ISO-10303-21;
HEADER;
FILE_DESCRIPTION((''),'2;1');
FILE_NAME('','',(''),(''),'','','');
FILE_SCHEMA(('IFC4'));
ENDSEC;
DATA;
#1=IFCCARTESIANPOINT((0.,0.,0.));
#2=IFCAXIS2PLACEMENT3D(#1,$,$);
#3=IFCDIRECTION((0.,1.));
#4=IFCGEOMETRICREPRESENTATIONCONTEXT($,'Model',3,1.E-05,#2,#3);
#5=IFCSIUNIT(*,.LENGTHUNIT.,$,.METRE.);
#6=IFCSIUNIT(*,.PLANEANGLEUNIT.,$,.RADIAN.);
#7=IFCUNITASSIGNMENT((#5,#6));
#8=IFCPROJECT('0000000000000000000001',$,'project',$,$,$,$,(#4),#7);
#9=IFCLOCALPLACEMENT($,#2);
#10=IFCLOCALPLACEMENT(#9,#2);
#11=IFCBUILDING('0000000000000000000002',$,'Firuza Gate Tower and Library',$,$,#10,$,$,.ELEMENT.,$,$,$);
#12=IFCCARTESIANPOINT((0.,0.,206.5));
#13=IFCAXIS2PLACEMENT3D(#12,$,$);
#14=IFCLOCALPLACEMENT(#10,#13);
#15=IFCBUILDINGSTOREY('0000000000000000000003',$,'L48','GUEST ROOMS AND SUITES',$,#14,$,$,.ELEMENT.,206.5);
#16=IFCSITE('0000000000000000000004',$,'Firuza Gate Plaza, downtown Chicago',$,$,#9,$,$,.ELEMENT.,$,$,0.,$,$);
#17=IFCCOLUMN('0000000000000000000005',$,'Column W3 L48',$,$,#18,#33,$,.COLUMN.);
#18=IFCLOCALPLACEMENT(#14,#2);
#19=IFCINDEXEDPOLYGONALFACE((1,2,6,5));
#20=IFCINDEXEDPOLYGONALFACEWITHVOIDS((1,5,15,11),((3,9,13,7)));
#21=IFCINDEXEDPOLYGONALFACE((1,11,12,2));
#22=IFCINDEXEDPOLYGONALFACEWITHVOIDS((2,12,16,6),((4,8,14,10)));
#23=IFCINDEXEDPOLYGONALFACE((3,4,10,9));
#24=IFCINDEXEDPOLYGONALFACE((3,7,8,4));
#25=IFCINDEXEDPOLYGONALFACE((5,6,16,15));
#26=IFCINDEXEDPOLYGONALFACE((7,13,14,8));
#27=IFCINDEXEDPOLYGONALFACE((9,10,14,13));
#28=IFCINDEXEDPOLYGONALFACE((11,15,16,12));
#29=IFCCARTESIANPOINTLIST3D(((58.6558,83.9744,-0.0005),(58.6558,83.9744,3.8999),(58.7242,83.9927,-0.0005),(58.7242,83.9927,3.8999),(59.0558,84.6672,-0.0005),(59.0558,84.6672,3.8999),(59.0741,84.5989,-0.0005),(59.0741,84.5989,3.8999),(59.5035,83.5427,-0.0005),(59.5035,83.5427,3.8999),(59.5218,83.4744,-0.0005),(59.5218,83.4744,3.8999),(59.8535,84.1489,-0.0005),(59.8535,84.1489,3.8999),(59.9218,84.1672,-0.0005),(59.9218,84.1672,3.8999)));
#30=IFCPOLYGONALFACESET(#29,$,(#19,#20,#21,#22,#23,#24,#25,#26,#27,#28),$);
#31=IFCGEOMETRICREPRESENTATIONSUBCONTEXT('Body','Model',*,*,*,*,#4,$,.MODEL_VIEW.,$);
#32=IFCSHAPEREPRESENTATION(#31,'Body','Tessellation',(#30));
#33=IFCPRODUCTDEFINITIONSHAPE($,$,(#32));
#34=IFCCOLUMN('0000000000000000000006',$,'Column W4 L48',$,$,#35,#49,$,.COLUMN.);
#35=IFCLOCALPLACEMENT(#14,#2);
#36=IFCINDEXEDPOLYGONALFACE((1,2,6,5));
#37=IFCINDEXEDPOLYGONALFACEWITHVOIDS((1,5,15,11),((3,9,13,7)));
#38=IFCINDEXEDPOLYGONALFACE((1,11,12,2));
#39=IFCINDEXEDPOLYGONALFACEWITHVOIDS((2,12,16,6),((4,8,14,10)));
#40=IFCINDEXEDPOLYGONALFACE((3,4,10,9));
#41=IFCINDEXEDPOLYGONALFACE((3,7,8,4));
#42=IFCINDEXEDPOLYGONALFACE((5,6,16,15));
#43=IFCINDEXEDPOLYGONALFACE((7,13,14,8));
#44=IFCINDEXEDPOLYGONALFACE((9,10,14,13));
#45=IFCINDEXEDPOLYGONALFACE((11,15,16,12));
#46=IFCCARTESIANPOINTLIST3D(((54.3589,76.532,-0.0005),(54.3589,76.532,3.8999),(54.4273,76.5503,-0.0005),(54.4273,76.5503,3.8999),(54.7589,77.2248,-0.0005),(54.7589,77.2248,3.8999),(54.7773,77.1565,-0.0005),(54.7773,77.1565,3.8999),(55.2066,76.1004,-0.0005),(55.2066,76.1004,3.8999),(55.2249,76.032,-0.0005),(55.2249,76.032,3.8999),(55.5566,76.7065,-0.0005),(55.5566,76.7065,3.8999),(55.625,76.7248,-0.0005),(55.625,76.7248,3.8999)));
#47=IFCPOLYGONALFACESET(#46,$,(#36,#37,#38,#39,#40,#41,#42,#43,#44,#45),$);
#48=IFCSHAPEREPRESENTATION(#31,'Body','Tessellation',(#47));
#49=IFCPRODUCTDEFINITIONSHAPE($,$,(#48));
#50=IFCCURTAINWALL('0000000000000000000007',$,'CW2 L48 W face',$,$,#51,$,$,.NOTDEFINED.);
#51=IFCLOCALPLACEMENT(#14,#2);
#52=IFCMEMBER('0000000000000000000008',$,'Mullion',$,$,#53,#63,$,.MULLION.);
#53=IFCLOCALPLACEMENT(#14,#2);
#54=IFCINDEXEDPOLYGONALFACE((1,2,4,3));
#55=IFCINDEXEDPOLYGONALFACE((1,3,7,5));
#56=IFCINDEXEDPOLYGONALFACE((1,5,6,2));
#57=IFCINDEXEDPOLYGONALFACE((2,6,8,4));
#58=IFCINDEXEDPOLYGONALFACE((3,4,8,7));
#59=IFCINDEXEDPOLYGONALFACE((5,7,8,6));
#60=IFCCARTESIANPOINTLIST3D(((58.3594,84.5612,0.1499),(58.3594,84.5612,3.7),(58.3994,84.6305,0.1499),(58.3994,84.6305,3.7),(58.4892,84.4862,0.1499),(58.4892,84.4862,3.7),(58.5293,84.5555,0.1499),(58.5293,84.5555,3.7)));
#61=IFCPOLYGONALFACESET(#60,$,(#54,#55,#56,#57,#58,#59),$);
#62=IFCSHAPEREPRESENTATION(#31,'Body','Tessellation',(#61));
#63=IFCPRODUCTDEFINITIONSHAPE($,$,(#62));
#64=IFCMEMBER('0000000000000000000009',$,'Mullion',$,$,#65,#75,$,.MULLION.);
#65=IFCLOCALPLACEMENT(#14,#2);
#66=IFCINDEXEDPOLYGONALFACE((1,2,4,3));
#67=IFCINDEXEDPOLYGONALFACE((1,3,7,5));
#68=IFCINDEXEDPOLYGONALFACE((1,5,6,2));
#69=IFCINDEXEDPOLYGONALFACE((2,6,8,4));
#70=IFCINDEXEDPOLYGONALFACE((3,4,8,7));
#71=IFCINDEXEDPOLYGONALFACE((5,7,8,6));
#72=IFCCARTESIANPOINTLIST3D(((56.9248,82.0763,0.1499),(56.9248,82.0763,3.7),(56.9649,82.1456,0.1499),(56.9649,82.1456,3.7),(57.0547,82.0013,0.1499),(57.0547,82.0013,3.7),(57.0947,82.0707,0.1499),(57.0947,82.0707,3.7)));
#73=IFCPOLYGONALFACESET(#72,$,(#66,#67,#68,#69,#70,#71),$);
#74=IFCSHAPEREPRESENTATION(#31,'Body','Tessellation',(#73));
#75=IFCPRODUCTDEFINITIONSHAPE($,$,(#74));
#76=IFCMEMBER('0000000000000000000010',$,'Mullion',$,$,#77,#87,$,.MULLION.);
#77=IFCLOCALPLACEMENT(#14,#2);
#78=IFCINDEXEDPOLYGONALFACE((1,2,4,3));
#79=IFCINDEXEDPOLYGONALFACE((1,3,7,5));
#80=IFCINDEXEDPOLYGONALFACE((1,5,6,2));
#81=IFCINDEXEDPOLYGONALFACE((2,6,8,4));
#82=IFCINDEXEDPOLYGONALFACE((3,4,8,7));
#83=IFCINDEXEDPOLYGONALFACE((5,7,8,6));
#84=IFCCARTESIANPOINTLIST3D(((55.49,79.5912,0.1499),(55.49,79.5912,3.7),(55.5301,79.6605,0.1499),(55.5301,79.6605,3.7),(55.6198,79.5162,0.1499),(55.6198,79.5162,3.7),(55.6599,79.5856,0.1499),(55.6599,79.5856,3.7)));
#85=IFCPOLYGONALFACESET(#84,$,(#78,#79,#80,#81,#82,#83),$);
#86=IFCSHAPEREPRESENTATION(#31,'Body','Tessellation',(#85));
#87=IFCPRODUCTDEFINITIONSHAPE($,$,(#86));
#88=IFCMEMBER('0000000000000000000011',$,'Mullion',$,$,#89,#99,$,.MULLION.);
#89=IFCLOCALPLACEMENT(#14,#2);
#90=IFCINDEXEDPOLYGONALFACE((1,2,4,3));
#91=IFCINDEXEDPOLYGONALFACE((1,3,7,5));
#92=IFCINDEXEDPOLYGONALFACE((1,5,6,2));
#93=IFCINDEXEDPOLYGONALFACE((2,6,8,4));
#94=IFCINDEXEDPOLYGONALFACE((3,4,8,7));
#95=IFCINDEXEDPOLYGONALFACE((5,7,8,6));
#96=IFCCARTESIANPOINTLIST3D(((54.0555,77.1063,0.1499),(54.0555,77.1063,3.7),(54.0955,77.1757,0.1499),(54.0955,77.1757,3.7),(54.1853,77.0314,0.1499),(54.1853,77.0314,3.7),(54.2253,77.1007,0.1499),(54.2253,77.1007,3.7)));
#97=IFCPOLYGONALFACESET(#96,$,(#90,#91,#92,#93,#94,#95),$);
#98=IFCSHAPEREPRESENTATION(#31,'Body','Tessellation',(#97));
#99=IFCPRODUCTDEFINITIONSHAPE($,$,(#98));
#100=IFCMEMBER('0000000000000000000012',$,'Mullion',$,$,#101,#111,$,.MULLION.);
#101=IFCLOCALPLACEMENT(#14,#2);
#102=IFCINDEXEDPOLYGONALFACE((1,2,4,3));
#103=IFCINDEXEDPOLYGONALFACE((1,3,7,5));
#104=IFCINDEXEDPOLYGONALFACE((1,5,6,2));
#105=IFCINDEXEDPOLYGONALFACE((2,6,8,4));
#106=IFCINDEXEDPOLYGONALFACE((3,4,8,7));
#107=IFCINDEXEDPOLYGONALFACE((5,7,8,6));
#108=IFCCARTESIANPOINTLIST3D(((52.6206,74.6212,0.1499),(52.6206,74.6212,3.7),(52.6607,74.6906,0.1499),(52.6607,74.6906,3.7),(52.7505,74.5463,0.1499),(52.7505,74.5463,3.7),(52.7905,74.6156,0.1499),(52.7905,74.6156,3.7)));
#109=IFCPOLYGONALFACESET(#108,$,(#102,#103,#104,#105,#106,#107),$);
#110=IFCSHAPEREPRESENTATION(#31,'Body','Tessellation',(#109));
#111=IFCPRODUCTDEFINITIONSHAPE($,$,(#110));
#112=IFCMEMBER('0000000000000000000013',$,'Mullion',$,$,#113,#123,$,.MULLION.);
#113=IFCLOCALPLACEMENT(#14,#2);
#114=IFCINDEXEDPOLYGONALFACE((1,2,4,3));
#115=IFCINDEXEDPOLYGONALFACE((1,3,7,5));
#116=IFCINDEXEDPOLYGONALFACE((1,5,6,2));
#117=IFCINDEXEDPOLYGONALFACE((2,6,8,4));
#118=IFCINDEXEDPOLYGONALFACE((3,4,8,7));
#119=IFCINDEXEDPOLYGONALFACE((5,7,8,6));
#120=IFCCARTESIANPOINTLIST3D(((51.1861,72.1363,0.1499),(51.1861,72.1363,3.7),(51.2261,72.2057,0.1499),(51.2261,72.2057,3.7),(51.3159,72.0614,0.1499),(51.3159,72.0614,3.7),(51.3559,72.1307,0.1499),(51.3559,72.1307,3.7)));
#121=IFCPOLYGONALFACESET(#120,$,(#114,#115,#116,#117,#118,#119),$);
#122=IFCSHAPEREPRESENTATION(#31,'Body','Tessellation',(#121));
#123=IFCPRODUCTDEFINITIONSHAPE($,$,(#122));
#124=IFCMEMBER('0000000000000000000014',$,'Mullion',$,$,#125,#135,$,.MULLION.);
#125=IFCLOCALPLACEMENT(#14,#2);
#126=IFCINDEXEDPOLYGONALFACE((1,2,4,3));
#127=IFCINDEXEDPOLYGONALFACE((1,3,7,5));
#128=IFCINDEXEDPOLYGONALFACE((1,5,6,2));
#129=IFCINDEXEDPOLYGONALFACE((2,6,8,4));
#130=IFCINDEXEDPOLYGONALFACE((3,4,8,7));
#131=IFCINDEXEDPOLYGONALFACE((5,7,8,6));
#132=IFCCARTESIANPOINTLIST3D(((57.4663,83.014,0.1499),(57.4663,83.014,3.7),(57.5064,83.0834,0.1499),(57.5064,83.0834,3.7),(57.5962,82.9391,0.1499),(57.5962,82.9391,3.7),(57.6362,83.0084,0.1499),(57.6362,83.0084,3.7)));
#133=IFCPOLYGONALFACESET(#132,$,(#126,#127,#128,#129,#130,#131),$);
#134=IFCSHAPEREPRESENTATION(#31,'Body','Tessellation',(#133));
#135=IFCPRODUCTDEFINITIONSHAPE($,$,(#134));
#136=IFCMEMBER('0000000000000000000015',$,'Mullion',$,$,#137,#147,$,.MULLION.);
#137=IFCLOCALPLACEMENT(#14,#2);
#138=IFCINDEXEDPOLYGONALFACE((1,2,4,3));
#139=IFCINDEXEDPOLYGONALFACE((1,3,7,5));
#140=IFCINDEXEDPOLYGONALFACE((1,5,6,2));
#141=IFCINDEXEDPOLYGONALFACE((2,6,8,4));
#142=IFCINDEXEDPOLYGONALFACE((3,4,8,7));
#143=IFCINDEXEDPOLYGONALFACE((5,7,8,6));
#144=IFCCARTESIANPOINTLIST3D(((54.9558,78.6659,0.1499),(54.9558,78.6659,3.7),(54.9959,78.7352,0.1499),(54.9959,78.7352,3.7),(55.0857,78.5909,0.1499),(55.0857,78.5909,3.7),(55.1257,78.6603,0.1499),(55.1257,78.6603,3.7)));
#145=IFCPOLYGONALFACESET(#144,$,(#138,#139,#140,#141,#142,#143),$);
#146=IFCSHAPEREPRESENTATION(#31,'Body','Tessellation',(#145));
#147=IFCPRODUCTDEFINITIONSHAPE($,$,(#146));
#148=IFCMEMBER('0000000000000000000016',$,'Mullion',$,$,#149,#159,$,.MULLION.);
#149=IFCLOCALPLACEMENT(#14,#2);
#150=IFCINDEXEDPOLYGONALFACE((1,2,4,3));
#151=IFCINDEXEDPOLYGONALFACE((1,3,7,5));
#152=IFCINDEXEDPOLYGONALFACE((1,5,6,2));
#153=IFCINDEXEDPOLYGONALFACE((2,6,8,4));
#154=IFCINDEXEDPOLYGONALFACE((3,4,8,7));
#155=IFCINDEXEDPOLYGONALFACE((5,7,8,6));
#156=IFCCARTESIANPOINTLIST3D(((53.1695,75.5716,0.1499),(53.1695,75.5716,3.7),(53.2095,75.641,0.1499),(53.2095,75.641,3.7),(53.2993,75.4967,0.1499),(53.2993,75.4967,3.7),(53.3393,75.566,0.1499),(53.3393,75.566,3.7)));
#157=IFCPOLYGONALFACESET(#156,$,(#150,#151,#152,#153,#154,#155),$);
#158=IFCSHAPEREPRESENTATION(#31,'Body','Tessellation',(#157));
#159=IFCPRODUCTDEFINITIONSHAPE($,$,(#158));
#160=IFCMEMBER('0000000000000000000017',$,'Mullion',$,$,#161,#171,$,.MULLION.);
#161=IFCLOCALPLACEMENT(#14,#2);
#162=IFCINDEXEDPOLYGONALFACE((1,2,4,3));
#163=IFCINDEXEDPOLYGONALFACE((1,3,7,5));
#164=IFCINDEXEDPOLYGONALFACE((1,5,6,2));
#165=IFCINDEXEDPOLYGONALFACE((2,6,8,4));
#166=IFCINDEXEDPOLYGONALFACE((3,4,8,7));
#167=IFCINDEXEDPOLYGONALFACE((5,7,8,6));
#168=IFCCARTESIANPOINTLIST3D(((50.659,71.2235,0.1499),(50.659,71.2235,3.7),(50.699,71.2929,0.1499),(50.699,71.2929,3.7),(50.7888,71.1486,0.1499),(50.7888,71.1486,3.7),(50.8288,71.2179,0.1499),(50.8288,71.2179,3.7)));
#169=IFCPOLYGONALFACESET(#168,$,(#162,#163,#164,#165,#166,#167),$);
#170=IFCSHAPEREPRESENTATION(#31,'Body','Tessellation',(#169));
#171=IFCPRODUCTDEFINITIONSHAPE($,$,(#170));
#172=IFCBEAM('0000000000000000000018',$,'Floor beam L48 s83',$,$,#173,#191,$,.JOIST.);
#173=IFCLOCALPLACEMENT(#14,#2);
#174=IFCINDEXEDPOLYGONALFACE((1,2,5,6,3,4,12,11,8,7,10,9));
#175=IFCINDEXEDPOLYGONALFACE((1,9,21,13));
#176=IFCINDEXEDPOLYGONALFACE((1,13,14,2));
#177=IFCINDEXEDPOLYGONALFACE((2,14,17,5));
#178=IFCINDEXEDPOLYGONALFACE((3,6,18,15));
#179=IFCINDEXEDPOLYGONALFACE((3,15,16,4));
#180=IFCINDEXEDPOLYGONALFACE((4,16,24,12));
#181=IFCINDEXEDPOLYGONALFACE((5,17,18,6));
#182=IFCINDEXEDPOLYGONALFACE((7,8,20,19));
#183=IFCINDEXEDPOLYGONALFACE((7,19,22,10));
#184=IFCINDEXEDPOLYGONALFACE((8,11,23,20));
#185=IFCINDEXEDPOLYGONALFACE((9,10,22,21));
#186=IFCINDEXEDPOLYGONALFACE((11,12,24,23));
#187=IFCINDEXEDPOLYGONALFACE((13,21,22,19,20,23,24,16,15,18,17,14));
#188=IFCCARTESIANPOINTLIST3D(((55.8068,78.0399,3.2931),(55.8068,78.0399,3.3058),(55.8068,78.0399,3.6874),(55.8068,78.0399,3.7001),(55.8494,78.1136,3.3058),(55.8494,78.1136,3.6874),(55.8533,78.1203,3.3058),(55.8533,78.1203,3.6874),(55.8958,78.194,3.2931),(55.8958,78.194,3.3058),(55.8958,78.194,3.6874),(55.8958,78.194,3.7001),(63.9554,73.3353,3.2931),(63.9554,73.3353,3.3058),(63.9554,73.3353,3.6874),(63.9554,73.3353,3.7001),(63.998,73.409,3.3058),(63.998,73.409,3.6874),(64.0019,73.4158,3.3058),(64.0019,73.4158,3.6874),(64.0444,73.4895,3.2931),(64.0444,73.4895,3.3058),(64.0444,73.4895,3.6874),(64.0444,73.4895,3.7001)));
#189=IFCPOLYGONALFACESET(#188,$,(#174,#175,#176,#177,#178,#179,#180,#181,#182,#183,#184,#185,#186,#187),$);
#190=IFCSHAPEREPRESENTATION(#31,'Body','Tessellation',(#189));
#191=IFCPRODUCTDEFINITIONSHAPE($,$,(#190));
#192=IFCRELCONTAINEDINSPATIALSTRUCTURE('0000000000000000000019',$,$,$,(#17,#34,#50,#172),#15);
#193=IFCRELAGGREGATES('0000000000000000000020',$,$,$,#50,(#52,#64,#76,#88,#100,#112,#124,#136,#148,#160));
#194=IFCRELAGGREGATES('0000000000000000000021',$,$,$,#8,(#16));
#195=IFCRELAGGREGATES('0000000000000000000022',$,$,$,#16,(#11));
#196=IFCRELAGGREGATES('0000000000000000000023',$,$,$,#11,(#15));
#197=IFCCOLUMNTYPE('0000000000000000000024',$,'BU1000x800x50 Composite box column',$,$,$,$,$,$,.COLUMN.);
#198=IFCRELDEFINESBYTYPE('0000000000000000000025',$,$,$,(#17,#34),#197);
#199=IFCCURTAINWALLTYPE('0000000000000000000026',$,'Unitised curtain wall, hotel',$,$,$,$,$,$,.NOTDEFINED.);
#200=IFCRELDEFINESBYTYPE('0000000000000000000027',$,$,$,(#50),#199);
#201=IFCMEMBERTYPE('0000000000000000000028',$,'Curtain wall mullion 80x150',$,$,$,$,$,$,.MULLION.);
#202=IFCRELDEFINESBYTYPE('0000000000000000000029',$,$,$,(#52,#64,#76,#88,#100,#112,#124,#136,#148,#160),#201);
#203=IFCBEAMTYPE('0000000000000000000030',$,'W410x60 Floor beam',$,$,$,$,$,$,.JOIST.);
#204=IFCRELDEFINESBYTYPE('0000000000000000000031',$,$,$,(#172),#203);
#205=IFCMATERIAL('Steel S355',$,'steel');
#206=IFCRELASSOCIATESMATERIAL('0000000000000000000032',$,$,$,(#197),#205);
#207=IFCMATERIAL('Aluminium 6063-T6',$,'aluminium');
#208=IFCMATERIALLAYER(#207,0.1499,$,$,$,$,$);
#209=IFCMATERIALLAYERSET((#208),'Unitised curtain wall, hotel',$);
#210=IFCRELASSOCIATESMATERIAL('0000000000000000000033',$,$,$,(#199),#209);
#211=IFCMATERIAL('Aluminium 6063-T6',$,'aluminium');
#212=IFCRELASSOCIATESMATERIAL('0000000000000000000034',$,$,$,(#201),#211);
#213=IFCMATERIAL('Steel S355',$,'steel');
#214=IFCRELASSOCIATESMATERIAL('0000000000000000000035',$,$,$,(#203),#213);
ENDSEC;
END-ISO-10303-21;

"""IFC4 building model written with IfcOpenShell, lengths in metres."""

from ifc_helpers import new_model, si_unit, direction, frame, origin, origin_2d, place, context, subcontext, project, spatial, rectangle, hollow_rectangle, i_section, extrude, material, layer, layer_set, material_profile, profile_set, type_object, element, aggregate, save


model = new_model("IFC4")

# Units and contexts
model_context = context("Model", 3, precision=1e-05, world=origin(), true_north=direction((0.0, 1.0)))
body_context = subcontext(model_context, "Body", "Model", "MODEL_VIEW")
ifc_project = project(units=[si_unit("LENGTHUNIT", "METRE"), si_unit("PLANEANGLEUNIT", "RADIAN")], contexts=[model_context])

# Site, building, storey
site_placement = place(None, origin())
site = spatial("IfcSite", under=ifc_project, at=site_placement, Name="Firuza Gate Plaza, downtown Chicago", CompositionType="ELEMENT", RefElevation=0.0)
building_placement = place(site_placement, origin())
building = spatial("IfcBuilding", under=site, at=building_placement, Name="Firuza Gate Tower and Library", CompositionType="ELEMENT")
storey_placement = place(building_placement, frame((0.0, 0.0, 206.5)))
storey = spatial("IfcBuildingStorey", under=building, at=storey_placement, Name="L48", Description="GUEST ROOMS AND SUITES", CompositionType="ELEMENT", Elevation=206.5)

# Columns
ifc_material_1 = material(Name="Steel S355", Category="steel")
ifc_material_profile_1 = material_profile(ifc_material_1, hollow_rectangle(XDim=0.8, YDim=1.0, WallThickness=0.05, at=origin_2d()))
ifc_profile_set_1 = profile_set([ifc_material_profile_1], Name="Steel S355")
column_type = type_object("IfcColumnType", Name="BU1000x800x50 Composite box column", PredefinedType="COLUMN", material=ifc_profile_set_1)
for number, where, z_axis, x_axis, name in (
    (1, (59.2888, 84.0708, -0.0005), (0.0, 0.0, 1.0), (-0.5, -0.866025, 0.0), "Column W3 L48"),
    (2, (54.9919, 76.6284, -0.0005), (0.0, 0.0, 1.0), (-0.5, -0.866025, 0.0), "Column W4 L48"),
):
    element("IfcColumn", number, at=place(storey_placement, frame(where, z_axis=z_axis, x_axis=x_axis)), inside=storey, type_object=column_type, Name=name, PredefinedType="COLUMN", context=body_context, shape_type="SweptSolid", body=[
        extrude(hollow_rectangle(XDim=0.8, YDim=1.0, WallThickness=0.05, at=origin_2d()), origin(), (0.0, 0.0, 1.0), 3.9004),
    ])

# Curtain wall, members
ifc_material_2 = material(Name="Aluminium 6063-T6", Category="aluminium")
ifc_layer_1 = layer(ifc_material_2, 0.1499)
ifc_layer_set_1 = layer_set([ifc_layer_1], Name="Unitised curtain wall, hotel")
curtain_wall_type = type_object("IfcCurtainWallType", Name="Unitised curtain wall, hotel", PredefinedType="NOTDEFINED", material=ifc_layer_set_1)
curtain_wall_placement = place(storey_placement, origin())
curtain_wall = element("IfcCurtainWall", 3, at=curtain_wall_placement, inside=storey, type_object=curtain_wall_type, Name="CW2 L48 W face", PredefinedType="NOTDEFINED")
ifc_material_3 = material(Name="Aluminium 6063-T6", Category="aluminium")
ifc_material_profile_2 = material_profile(ifc_material_3, rectangle(XDim=0.1499, YDim=0.0801, at=origin_2d()))
ifc_profile_set_2 = profile_set([ifc_material_profile_2], Name="Aluminium 6063-T6")
member_type = type_object("IfcMemberType", Name="Curtain wall mullion 80x150", PredefinedType="MULLION", material=ifc_profile_set_2)
member_1_placement = place(storey_placement, frame((58.4443, 84.5583, 0.1499), z_axis=(0.0, 0.0, 1.0), x_axis=(0.866025, -0.5, 0.0)))
member_1 = element("IfcMember", 4, at=member_1_placement, type_object=member_type, Name="Mullion", PredefinedType="MULLION", context=body_context, shape_type="SweptSolid", body=[
    extrude(rectangle(XDim=0.1499, YDim=0.0801, at=origin_2d()), origin(), (0.0, 0.0, 1.0), 3.55),
])
member_2_placement = place(storey_placement, frame((57.0098, 82.0735, 0.1499), z_axis=(0.0, 0.0, 1.0), x_axis=(0.866025, -0.5, 0.0)))
member_2 = element("IfcMember", 5, at=member_2_placement, type_object=member_type, Name="Mullion", PredefinedType="MULLION", context=body_context, shape_type="SweptSolid", body=[
    extrude(rectangle(XDim=0.1499, YDim=0.0801, at=origin_2d()), origin(), (0.0, 0.0, 1.0), 3.55),
])
member_3_placement = place(storey_placement, frame((55.575, 79.5884, 0.1499), z_axis=(0.0, 0.0, 1.0), x_axis=(0.866025, -0.5, 0.0)))
member_3 = element("IfcMember", 6, at=member_3_placement, type_object=member_type, Name="Mullion", PredefinedType="MULLION", context=body_context, shape_type="SweptSolid", body=[
    extrude(rectangle(XDim=0.1499, YDim=0.0801, at=origin_2d()), origin(), (0.0, 0.0, 1.0), 3.55),
])
member_4_placement = place(storey_placement, frame((54.1404, 77.1035, 0.1499), z_axis=(0.0, 0.0, 1.0), x_axis=(0.866025, -0.5, 0.0)))
member_4 = element("IfcMember", 7, at=member_4_placement, type_object=member_type, Name="Mullion", PredefinedType="MULLION", context=body_context, shape_type="SweptSolid", body=[
    extrude(rectangle(XDim=0.1499, YDim=0.0801, at=origin_2d()), origin(), (0.0, 0.0, 1.0), 3.55),
])
member_5_placement = place(storey_placement, frame((52.7056, 74.6184, 0.1499), z_axis=(0.0, 0.0, 1.0), x_axis=(0.866025, -0.5, 0.0)))
member_5 = element("IfcMember", 8, at=member_5_placement, type_object=member_type, Name="Mullion", PredefinedType="MULLION", context=body_context, shape_type="SweptSolid", body=[
    extrude(rectangle(XDim=0.1499, YDim=0.0801, at=origin_2d()), origin(), (0.0, 0.0, 1.0), 3.55),
])
member_6_placement = place(storey_placement, frame((51.271, 72.1335, 0.1499), z_axis=(0.0, 0.0, 1.0), x_axis=(0.866025, -0.5, 0.0)))
member_6 = element("IfcMember", 9, at=member_6_placement, type_object=member_type, Name="Mullion", PredefinedType="MULLION", context=body_context, shape_type="SweptSolid", body=[
    extrude(rectangle(XDim=0.1499, YDim=0.0801, at=origin_2d()), origin(), (0.0, 0.0, 1.0), 3.55),
])
member_7_placement = place(storey_placement, frame((57.5513, 83.0112, 0.1499), z_axis=(0.0, 0.0, 1.0), x_axis=(0.866025, -0.5, 0.0)))
member_7 = element("IfcMember", 10, at=member_7_placement, type_object=member_type, Name="Mullion", PredefinedType="MULLION", context=body_context, shape_type="SweptSolid", body=[
    extrude(rectangle(XDim=0.1499, YDim=0.0801, at=origin_2d()), origin(), (0.0, 0.0, 1.0), 3.55),
])
member_8_placement = place(storey_placement, frame((55.0408, 78.6631, 0.1499), z_axis=(0.0, 0.0, 1.0), x_axis=(0.866025, -0.5, 0.0)))
member_8 = element("IfcMember", 11, at=member_8_placement, type_object=member_type, Name="Mullion", PredefinedType="MULLION", context=body_context, shape_type="SweptSolid", body=[
    extrude(rectangle(XDim=0.1499, YDim=0.0801, at=origin_2d()), origin(), (0.0, 0.0, 1.0), 3.55),
])
member_9_placement = place(storey_placement, frame((53.2544, 75.5688, 0.1499), z_axis=(0.0, 0.0, 1.0), x_axis=(0.866025, -0.5, 0.0)))
member_9 = element("IfcMember", 12, at=member_9_placement, type_object=member_type, Name="Mullion", PredefinedType="MULLION", context=body_context, shape_type="SweptSolid", body=[
    extrude(rectangle(XDim=0.1499, YDim=0.0801, at=origin_2d()), origin(), (0.0, 0.0, 1.0), 3.55),
])
member_10_placement = place(storey_placement, frame((50.7439, 71.2207, 0.1499), z_axis=(0.0, 0.0, 1.0), x_axis=(0.866025, -0.5, 0.0)))
member_10 = element("IfcMember", 13, at=member_10_placement, type_object=member_type, Name="Mullion", PredefinedType="MULLION", context=body_context, shape_type="SweptSolid", body=[
    extrude(rectangle(XDim=0.1499, YDim=0.0801, at=origin_2d()), origin(), (0.0, 0.0, 1.0), 3.55),
])

# Beam
ifc_material_4 = material(Name="Steel S355", Category="steel")
ifc_material_profile_3 = material_profile(ifc_material_4, i_section(OverallWidth=0.178, OverallDepth=0.407, WebThickness=0.0078, FlangeThickness=0.0127, at=origin_2d()))
ifc_profile_set_3 = profile_set([ifc_material_profile_3], Name="Steel S355")
beam_type_1 = type_object("IfcBeamType", Name="W410x60 Floor beam", PredefinedType="JOIST", material=ifc_profile_set_3)
beam_1_placement = place(storey_placement, frame((55.8513, 78.1169, 3.4966), z_axis=(0.866028, -0.499996, 0.0), x_axis=(0.499996, 0.866028, 0.0)))
element("IfcBeam", 14, at=beam_1_placement, inside=storey, type_object=beam_type_1, Name="Floor beam L48 s83", PredefinedType="JOIST", context=body_context, shape_type="SweptSolid", body=[
    extrude(i_section(OverallWidth=0.178, OverallDepth=0.407, WebThickness=0.0078, FlangeThickness=0.0127, at=origin_2d()), origin(), (0.0, 0.0, 1.0), 9.4092),
])

aggregate(curtain_wall, [member_1, member_2, member_3, member_4, member_5, member_6, member_7, member_8, member_9, member_10])

save(model, "model.ifc")
